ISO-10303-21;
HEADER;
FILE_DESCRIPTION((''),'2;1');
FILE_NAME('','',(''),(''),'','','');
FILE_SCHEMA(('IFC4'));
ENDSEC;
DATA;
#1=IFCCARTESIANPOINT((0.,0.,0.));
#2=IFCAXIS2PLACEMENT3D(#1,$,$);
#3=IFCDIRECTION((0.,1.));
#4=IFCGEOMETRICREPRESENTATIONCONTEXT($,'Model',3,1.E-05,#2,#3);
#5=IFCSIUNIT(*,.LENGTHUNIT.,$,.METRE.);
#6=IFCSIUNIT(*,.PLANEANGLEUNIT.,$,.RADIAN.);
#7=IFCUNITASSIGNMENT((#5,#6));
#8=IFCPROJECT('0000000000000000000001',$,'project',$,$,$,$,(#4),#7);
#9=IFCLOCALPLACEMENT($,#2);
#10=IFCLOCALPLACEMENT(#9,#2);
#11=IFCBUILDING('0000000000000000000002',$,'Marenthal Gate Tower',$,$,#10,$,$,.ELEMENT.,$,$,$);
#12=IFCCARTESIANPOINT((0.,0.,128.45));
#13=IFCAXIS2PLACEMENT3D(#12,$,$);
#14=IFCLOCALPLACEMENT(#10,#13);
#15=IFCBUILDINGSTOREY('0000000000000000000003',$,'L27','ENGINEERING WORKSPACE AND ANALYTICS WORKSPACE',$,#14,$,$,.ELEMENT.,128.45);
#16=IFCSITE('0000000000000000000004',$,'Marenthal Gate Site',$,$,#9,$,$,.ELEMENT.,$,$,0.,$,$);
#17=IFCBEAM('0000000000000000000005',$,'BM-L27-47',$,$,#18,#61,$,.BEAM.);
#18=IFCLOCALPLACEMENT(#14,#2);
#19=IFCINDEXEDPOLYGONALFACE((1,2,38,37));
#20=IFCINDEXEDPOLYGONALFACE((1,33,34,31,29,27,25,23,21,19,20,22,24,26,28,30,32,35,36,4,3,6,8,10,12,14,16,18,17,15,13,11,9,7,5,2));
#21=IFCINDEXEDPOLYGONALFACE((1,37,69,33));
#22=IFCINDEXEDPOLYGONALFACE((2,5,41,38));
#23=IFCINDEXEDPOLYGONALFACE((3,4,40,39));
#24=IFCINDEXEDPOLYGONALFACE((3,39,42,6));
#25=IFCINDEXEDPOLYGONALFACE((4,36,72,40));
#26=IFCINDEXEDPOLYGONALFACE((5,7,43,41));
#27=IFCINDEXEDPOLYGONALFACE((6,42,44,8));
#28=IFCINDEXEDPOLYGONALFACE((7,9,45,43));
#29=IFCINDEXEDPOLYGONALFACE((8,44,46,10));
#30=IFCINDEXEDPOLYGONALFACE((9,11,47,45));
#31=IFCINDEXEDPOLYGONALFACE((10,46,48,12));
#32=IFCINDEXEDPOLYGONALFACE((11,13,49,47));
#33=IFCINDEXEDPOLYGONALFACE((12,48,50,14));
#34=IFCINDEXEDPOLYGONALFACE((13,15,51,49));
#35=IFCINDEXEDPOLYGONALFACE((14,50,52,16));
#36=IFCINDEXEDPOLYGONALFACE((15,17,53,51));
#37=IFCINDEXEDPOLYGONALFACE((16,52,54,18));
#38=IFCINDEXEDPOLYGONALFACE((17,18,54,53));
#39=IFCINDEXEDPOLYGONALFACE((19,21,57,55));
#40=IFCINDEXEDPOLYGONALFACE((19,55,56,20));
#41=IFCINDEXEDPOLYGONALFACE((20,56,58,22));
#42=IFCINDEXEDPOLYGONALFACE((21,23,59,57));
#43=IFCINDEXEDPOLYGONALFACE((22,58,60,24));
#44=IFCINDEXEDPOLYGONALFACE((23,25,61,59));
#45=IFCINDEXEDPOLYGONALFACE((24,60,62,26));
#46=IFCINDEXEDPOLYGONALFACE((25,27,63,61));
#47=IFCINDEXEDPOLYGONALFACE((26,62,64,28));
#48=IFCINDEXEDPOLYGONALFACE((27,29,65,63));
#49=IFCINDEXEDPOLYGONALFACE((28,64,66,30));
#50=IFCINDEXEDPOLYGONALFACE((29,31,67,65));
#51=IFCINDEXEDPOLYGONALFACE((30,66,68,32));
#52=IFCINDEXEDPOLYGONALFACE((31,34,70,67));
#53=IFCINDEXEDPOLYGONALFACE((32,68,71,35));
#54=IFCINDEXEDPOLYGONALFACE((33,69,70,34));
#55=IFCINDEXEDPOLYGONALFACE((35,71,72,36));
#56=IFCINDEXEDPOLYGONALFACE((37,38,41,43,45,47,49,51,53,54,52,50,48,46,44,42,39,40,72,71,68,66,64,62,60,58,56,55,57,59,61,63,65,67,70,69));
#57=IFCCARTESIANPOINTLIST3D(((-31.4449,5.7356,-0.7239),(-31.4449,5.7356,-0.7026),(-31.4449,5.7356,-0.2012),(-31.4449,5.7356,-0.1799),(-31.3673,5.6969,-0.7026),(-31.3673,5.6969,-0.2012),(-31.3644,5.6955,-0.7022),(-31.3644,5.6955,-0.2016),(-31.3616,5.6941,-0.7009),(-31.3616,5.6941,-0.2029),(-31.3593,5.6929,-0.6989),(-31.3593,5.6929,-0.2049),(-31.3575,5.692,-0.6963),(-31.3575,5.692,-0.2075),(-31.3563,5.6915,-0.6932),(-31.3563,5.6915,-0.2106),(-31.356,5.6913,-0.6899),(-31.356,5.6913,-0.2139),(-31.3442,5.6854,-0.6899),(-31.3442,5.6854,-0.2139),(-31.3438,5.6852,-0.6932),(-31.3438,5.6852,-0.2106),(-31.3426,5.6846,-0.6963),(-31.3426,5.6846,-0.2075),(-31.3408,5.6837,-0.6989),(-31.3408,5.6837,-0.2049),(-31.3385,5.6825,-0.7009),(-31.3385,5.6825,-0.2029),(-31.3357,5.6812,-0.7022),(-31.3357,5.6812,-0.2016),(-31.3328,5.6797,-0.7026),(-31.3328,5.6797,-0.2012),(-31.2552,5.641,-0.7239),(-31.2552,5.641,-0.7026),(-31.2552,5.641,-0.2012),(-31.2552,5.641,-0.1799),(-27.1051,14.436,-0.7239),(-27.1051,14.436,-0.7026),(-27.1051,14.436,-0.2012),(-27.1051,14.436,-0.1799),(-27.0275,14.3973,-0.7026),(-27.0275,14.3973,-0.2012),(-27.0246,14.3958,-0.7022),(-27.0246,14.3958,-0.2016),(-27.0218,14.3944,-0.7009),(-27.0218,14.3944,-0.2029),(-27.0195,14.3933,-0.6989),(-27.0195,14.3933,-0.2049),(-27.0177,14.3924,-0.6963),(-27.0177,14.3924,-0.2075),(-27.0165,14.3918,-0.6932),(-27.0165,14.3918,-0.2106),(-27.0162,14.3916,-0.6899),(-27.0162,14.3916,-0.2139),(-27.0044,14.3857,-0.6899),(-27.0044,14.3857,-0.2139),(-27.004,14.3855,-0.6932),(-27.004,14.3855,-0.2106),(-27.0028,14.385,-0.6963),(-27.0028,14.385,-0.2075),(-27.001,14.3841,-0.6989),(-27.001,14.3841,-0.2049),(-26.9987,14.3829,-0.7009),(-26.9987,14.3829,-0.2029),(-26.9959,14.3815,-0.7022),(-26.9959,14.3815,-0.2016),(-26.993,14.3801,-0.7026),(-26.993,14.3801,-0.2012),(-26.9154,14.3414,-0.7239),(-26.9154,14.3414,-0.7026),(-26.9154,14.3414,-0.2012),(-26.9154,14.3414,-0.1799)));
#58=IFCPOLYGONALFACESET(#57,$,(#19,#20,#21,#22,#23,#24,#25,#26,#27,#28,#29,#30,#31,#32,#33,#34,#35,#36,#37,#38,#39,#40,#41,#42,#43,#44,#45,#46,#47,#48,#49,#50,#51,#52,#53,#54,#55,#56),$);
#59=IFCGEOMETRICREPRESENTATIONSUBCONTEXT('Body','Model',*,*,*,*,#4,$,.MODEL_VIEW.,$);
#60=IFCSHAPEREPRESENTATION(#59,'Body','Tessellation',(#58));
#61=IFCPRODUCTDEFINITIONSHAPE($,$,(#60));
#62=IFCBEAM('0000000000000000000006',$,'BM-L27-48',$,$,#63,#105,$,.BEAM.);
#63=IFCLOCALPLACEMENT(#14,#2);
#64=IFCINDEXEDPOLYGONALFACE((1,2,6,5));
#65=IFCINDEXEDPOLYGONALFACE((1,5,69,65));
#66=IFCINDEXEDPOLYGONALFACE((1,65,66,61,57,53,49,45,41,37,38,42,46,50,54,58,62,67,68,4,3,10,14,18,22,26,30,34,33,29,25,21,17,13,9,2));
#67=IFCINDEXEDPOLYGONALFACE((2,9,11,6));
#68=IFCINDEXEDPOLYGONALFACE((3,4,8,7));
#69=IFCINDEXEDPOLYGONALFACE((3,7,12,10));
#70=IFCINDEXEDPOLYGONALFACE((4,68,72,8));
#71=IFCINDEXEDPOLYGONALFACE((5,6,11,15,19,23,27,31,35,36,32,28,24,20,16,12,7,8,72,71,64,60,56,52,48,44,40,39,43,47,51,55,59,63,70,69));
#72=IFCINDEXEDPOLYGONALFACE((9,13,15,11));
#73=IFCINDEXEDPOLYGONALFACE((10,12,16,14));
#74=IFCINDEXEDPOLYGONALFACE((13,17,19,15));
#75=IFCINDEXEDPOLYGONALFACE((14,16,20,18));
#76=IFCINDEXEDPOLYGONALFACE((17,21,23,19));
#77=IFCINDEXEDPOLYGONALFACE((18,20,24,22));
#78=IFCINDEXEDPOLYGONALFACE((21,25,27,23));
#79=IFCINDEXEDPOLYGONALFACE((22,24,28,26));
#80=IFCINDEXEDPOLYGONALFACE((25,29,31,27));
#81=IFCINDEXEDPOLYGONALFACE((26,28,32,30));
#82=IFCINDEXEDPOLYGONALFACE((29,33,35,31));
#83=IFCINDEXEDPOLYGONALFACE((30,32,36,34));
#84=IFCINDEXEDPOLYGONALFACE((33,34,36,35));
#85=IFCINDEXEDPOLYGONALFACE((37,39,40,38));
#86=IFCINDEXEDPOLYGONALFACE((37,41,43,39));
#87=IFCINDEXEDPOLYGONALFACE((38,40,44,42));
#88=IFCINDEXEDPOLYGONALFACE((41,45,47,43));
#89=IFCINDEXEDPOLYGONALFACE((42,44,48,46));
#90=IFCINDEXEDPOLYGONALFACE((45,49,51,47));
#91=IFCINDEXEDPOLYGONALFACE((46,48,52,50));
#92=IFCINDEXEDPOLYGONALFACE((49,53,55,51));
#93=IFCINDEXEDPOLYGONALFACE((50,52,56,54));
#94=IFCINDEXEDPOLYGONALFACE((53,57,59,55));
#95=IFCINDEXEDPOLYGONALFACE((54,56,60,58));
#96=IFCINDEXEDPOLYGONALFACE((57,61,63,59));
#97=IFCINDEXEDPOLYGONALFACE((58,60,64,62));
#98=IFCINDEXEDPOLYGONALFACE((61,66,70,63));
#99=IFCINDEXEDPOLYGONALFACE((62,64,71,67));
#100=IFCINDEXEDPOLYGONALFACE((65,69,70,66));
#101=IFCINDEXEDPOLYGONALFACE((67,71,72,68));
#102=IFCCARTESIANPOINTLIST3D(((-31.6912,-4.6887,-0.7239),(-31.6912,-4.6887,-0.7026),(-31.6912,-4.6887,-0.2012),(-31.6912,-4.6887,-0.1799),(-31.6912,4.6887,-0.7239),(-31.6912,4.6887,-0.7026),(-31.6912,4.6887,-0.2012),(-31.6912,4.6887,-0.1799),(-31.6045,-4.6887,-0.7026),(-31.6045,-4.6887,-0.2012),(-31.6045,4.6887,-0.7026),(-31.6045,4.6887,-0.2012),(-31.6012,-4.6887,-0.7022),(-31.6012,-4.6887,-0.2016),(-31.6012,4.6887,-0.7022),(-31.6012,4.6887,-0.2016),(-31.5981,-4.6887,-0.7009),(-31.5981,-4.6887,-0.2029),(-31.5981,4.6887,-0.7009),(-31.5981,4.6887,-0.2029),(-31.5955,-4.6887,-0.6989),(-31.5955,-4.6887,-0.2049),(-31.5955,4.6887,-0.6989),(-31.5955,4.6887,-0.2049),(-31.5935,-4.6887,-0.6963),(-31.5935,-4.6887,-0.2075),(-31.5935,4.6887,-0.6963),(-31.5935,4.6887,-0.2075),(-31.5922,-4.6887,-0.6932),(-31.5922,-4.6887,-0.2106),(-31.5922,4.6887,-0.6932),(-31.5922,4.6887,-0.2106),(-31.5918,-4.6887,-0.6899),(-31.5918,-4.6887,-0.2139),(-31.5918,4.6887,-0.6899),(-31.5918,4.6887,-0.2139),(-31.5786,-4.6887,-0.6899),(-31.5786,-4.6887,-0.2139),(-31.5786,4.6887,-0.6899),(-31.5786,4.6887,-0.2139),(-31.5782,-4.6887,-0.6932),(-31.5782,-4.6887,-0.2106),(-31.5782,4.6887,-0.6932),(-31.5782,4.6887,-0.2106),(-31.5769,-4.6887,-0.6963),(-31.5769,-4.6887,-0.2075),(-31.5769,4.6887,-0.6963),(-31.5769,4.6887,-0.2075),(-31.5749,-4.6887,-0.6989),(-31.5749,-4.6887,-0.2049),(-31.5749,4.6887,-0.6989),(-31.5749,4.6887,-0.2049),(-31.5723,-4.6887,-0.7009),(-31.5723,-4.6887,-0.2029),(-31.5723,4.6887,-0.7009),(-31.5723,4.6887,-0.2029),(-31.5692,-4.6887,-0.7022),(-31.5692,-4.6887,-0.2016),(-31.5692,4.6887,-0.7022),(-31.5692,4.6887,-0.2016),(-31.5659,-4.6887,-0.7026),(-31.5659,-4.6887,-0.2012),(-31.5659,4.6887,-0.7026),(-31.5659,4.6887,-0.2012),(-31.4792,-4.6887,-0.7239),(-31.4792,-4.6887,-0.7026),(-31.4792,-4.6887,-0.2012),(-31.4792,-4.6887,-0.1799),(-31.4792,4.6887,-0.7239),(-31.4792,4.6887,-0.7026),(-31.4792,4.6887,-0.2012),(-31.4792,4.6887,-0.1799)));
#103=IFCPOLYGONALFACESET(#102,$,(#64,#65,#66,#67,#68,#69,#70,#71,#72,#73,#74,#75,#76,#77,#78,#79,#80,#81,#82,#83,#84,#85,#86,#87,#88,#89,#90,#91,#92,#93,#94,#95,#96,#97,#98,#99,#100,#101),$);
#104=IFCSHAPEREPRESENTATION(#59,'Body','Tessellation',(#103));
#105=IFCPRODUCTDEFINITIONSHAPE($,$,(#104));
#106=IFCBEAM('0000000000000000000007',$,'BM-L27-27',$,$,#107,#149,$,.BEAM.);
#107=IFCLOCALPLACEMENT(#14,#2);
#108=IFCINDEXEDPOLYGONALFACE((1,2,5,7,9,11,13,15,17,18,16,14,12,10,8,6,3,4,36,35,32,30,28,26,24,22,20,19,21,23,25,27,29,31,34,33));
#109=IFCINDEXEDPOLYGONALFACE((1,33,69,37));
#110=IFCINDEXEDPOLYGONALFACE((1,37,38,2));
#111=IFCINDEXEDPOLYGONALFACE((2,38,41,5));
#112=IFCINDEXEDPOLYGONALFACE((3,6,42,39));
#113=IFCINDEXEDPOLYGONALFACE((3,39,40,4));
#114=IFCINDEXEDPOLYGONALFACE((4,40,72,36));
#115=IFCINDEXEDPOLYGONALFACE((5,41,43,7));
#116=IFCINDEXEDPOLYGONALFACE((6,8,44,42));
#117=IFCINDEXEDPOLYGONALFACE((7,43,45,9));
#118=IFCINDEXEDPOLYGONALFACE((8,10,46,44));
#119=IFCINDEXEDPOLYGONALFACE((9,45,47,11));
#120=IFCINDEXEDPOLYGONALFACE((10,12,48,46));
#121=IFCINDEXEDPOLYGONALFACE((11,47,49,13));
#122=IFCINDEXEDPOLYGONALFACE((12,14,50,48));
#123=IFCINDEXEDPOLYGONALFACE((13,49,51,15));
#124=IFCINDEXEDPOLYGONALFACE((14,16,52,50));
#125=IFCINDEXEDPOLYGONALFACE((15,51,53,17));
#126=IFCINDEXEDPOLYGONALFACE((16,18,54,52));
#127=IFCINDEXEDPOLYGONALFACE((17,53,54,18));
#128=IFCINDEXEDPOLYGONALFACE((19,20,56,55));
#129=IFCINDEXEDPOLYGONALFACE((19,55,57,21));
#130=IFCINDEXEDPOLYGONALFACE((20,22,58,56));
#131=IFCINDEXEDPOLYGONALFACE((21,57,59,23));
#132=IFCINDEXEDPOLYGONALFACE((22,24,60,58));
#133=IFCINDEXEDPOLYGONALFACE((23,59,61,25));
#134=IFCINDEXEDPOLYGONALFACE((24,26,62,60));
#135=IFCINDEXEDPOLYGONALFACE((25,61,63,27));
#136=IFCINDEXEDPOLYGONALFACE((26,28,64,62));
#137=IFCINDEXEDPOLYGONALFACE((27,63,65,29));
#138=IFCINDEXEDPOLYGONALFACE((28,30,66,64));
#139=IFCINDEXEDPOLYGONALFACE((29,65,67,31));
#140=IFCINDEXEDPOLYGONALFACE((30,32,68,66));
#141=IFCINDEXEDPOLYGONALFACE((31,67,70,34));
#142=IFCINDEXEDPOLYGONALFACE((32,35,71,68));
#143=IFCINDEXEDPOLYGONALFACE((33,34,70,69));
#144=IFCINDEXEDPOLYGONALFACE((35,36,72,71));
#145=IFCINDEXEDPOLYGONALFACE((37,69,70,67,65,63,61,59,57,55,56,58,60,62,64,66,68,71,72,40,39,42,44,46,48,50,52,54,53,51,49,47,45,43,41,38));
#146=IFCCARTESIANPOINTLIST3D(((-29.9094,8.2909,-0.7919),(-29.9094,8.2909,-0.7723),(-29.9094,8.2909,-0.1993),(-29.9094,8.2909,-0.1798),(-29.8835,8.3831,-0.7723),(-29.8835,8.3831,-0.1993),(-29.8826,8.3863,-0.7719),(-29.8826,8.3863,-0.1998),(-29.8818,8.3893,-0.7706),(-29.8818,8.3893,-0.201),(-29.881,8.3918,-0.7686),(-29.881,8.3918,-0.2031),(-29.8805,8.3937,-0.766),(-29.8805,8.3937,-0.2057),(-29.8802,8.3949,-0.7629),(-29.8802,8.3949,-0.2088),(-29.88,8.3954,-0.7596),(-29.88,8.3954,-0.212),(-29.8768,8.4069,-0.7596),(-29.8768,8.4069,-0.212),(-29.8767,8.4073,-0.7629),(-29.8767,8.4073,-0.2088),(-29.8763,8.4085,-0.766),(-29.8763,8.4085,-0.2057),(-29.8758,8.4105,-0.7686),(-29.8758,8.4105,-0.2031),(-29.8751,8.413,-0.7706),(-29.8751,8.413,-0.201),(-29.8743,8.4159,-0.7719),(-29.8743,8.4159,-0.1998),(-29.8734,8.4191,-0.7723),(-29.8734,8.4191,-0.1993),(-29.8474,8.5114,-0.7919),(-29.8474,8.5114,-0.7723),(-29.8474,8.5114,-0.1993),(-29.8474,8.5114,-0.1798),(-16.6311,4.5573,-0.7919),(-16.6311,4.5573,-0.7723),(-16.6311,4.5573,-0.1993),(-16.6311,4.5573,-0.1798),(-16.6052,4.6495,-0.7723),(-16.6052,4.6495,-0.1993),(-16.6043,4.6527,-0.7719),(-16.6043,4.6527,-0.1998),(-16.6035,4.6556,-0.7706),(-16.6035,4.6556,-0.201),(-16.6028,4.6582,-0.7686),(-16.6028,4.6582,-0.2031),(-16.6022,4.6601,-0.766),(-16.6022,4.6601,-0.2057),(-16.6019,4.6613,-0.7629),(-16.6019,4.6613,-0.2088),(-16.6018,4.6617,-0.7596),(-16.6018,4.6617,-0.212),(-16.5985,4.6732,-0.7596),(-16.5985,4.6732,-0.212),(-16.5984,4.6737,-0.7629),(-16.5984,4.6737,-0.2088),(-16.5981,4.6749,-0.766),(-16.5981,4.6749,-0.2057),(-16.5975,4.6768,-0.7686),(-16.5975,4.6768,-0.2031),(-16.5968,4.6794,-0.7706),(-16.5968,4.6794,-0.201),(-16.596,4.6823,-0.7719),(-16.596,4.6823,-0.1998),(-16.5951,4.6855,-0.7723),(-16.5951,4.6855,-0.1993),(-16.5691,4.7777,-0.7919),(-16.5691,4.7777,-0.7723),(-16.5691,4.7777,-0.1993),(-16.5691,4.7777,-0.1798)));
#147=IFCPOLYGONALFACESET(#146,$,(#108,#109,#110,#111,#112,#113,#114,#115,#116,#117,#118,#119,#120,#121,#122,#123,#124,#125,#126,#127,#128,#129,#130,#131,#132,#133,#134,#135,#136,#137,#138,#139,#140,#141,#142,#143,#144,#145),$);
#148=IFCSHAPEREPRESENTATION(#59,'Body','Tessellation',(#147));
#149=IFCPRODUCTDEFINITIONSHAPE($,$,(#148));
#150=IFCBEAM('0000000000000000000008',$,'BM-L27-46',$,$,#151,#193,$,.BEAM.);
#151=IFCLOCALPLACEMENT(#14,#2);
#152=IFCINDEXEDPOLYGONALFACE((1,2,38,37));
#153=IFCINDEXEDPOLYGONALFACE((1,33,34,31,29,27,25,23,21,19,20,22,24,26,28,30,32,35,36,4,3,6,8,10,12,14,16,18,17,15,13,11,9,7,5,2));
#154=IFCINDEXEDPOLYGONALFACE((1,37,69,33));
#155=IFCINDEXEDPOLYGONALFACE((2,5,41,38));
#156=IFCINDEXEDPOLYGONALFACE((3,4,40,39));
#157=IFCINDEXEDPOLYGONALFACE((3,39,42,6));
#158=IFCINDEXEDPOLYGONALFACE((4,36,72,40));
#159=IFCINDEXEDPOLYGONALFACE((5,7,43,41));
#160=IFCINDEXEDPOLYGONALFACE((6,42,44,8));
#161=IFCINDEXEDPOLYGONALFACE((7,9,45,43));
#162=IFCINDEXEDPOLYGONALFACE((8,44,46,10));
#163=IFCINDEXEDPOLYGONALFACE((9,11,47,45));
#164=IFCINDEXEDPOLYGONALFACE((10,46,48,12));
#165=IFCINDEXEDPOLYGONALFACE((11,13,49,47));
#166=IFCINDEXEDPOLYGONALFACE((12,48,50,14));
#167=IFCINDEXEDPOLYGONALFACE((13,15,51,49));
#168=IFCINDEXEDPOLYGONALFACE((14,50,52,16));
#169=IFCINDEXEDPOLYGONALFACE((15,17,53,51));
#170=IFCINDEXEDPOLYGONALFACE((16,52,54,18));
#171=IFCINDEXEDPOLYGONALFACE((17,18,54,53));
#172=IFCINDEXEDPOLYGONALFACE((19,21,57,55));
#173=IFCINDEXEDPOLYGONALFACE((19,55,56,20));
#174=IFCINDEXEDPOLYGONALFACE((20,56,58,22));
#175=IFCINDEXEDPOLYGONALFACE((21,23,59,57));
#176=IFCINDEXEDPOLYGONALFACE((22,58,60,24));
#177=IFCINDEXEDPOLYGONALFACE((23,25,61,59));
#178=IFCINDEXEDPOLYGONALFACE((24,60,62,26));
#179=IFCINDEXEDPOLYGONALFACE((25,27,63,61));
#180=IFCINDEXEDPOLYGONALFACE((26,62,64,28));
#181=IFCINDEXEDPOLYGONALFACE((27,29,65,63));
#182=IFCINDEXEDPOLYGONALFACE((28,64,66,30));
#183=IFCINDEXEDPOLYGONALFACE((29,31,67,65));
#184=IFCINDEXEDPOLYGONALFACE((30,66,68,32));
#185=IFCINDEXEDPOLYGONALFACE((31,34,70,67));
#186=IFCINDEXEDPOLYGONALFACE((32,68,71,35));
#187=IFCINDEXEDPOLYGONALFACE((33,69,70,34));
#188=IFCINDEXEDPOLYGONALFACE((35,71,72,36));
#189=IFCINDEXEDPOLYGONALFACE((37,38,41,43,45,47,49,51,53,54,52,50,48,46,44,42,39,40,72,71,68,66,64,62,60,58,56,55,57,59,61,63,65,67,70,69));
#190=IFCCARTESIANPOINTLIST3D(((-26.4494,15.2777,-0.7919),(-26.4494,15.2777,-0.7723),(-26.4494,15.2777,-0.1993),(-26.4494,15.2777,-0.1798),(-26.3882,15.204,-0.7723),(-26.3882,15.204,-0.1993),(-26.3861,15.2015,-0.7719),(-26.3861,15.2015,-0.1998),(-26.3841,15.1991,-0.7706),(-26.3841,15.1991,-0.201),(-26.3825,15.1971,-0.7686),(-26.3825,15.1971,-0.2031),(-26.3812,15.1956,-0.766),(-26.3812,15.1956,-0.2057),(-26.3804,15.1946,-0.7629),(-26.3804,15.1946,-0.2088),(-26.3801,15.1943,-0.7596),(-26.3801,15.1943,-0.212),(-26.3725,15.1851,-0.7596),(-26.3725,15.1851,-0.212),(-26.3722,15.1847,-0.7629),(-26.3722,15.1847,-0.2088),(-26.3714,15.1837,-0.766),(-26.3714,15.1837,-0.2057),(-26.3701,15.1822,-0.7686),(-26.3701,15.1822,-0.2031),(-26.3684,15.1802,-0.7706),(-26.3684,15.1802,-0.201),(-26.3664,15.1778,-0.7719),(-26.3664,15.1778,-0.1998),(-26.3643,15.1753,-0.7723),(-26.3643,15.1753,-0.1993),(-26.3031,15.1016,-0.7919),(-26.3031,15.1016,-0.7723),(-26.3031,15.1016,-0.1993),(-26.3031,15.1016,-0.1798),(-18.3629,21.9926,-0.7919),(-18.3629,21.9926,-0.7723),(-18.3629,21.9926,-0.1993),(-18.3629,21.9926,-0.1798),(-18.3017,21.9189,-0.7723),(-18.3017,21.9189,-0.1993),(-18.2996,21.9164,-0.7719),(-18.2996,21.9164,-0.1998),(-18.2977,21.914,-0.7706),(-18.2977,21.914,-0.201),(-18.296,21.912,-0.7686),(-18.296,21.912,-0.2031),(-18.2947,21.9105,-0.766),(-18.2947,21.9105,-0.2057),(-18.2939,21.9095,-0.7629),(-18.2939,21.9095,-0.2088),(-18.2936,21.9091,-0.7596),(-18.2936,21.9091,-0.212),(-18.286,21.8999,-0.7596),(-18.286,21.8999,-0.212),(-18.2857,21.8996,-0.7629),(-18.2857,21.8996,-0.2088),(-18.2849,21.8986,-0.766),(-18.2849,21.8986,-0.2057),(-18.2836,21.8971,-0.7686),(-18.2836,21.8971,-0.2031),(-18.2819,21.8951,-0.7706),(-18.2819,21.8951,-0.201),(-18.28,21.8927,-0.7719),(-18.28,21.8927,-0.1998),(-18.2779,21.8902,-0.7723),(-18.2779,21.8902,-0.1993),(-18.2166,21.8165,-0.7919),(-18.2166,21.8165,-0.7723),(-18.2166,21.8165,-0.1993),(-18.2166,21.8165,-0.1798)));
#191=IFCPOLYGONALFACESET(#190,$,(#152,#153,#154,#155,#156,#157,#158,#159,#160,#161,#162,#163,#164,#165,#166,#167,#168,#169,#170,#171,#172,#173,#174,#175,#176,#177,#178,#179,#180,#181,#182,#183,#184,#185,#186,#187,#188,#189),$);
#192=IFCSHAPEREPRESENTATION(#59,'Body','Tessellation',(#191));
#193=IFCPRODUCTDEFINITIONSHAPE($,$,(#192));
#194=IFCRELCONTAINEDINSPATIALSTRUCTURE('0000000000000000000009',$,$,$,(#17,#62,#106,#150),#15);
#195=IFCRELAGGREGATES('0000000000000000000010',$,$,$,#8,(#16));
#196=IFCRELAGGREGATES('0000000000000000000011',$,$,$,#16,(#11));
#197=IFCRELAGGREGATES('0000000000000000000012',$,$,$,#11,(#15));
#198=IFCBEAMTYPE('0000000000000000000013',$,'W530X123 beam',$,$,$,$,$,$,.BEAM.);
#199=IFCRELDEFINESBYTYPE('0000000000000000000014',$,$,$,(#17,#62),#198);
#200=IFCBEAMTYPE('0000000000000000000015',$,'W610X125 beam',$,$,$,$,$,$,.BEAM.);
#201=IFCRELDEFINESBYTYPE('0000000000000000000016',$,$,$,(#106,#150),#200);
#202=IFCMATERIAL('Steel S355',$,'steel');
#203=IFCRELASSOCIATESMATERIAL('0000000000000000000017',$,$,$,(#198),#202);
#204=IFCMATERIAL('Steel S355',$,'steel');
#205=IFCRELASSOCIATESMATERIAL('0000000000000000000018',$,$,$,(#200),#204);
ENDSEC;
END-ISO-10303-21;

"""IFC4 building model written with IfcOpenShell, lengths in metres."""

from ifc_helpers import new_model, si_unit, direction, frame, origin, origin_2d, place, context, subcontext, project, spatial, i_section, extrude, material, material_profile, profile_set, type_object, element, save


model = new_model("IFC4")

# Units and contexts
model_context = context("Model", 3, precision=1e-05, world=origin(), true_north=direction((0.0, 1.0)))
body_context = subcontext(model_context, "Body", "Model", "MODEL_VIEW")
ifc_project = project(units=[si_unit("LENGTHUNIT", "METRE"), si_unit("PLANEANGLEUNIT", "RADIAN")], contexts=[model_context])

# Site, building, storey
site_placement = place(None, origin())
site = spatial("IfcSite", under=ifc_project, at=site_placement, Name="Marenthal Gate Site", CompositionType="ELEMENT", RefElevation=0.0)
building_placement = place(site_placement, origin())
building = spatial("IfcBuilding", under=site, at=building_placement, Name="Marenthal Gate Tower", CompositionType="ELEMENT")
storey_placement = place(building_placement, frame((0.0, 0.0, 128.45)))
storey = spatial("IfcBuildingStorey", under=building, at=storey_placement, Name="L27", Description="ENGINEERING WORKSPACE AND ANALYTICS WORKSPACE", CompositionType="ELEMENT", Elevation=128.45)

# Beams
ifc_material_1 = material(Name="Steel S355", Category="steel")
ifc_material_profile_1 = material_profile(ifc_material_1, i_section(OverallWidth=0.2119, OverallDepth=0.5439, WebThickness=0.0132, FlangeThickness=0.0212, FilletRadius=0.0127, at=origin_2d()), Name="W530X123")
ifc_profile_set_1 = profile_set([ifc_material_profile_1], Name="Steel S355")
beam_type_1 = type_object("IfcBeamType", Name="W530X123 beam", PredefinedType="BEAM", material=ifc_profile_set_1)
beam_1_placement = place(storey_placement, frame((-27.0103, 14.3887, -0.4519), z_axis=(-0.44636, -0.894854, 0.0), x_axis=(0.894854, -0.44636, 0.0)))
element("IfcBeam", 1, at=beam_1_placement, inside=storey, type_object=beam_type_1, Name="BM-L27-47", PredefinedType="BEAM", context=body_context, shape_type="SweptSolid", body=[
    extrude(i_section(OverallWidth=0.2119, OverallDepth=0.5439, WebThickness=0.0132, FlangeThickness=0.0212, FilletRadius=0.0127, at=origin_2d()), origin(), (0.0, 0.0, 1.0), 9.7227),
])
beam_2_placement = place(storey_placement, frame((-31.5852, 4.6887, -0.4519), z_axis=(0.0, -1.0, 0.0), x_axis=(1.0, 0.0, 0.0)))
element("IfcBeam", 2, at=beam_2_placement, inside=storey, type_object=beam_type_1, Name="BM-L27-48", PredefinedType="BEAM", context=body_context, shape_type="SweptSolid", body=[
    extrude(i_section(OverallWidth=0.2119, OverallDepth=0.5439, WebThickness=0.0132, FlangeThickness=0.0212, FilletRadius=0.0127, at=origin_2d()), origin(), (0.0, 0.0, 1.0), 9.3774),
])
ifc_material_2 = material(Name="Steel S355", Category="steel")
ifc_material_profile_2 = material_profile(ifc_material_2, i_section(OverallWidth=0.229, OverallDepth=0.6121, WebThickness=0.012, FlangeThickness=0.0195, FilletRadius=0.0127, at=origin_2d()), Name="W610X125")
ifc_profile_set_2 = profile_set([ifc_material_profile_2], Name="Steel S355")
beam_type_2 = type_object("IfcBeamType", Name="W610X125 beam", PredefinedType="BEAM", material=ifc_profile_set_2)
beam_3_placement = place(storey_placement, frame((-29.8784, 8.4011, -0.4858), z_axis=(0.962668, -0.270686, 0.0), x_axis=(0.270686, 0.962668, 0.0)))
element("IfcBeam", 3, at=beam_3_placement, inside=storey, type_object=beam_type_2, Name="BM-L27-27", PredefinedType="BEAM", context=body_context, shape_type="SweptSolid", body=[
    extrude(i_section(OverallWidth=0.229, OverallDepth=0.6121, WebThickness=0.012, FlangeThickness=0.0195, FilletRadius=0.0127, at=origin_2d()), origin(), (0.0, 0.0, 1.0), 13.7932),
])
beam_4_placement = place(storey_placement, frame((-18.2898, 21.9045, -0.4858), z_axis=(-0.769336, -0.638845, 0.0), x_axis=(0.638845, -0.769336, 0.0)))
element("IfcBeam", 4, at=beam_4_placement, inside=storey, type_object=beam_type_2, Name="BM-L27-46", PredefinedType="BEAM", context=body_context, shape_type="SweptSolid", body=[
    extrude(i_section(OverallWidth=0.229, OverallDepth=0.6121, WebThickness=0.012, FlangeThickness=0.0195, FilletRadius=0.0127, at=origin_2d()), origin(), (0.0, 0.0, 1.0), 10.511),
])

save(model, "model.ifc")
